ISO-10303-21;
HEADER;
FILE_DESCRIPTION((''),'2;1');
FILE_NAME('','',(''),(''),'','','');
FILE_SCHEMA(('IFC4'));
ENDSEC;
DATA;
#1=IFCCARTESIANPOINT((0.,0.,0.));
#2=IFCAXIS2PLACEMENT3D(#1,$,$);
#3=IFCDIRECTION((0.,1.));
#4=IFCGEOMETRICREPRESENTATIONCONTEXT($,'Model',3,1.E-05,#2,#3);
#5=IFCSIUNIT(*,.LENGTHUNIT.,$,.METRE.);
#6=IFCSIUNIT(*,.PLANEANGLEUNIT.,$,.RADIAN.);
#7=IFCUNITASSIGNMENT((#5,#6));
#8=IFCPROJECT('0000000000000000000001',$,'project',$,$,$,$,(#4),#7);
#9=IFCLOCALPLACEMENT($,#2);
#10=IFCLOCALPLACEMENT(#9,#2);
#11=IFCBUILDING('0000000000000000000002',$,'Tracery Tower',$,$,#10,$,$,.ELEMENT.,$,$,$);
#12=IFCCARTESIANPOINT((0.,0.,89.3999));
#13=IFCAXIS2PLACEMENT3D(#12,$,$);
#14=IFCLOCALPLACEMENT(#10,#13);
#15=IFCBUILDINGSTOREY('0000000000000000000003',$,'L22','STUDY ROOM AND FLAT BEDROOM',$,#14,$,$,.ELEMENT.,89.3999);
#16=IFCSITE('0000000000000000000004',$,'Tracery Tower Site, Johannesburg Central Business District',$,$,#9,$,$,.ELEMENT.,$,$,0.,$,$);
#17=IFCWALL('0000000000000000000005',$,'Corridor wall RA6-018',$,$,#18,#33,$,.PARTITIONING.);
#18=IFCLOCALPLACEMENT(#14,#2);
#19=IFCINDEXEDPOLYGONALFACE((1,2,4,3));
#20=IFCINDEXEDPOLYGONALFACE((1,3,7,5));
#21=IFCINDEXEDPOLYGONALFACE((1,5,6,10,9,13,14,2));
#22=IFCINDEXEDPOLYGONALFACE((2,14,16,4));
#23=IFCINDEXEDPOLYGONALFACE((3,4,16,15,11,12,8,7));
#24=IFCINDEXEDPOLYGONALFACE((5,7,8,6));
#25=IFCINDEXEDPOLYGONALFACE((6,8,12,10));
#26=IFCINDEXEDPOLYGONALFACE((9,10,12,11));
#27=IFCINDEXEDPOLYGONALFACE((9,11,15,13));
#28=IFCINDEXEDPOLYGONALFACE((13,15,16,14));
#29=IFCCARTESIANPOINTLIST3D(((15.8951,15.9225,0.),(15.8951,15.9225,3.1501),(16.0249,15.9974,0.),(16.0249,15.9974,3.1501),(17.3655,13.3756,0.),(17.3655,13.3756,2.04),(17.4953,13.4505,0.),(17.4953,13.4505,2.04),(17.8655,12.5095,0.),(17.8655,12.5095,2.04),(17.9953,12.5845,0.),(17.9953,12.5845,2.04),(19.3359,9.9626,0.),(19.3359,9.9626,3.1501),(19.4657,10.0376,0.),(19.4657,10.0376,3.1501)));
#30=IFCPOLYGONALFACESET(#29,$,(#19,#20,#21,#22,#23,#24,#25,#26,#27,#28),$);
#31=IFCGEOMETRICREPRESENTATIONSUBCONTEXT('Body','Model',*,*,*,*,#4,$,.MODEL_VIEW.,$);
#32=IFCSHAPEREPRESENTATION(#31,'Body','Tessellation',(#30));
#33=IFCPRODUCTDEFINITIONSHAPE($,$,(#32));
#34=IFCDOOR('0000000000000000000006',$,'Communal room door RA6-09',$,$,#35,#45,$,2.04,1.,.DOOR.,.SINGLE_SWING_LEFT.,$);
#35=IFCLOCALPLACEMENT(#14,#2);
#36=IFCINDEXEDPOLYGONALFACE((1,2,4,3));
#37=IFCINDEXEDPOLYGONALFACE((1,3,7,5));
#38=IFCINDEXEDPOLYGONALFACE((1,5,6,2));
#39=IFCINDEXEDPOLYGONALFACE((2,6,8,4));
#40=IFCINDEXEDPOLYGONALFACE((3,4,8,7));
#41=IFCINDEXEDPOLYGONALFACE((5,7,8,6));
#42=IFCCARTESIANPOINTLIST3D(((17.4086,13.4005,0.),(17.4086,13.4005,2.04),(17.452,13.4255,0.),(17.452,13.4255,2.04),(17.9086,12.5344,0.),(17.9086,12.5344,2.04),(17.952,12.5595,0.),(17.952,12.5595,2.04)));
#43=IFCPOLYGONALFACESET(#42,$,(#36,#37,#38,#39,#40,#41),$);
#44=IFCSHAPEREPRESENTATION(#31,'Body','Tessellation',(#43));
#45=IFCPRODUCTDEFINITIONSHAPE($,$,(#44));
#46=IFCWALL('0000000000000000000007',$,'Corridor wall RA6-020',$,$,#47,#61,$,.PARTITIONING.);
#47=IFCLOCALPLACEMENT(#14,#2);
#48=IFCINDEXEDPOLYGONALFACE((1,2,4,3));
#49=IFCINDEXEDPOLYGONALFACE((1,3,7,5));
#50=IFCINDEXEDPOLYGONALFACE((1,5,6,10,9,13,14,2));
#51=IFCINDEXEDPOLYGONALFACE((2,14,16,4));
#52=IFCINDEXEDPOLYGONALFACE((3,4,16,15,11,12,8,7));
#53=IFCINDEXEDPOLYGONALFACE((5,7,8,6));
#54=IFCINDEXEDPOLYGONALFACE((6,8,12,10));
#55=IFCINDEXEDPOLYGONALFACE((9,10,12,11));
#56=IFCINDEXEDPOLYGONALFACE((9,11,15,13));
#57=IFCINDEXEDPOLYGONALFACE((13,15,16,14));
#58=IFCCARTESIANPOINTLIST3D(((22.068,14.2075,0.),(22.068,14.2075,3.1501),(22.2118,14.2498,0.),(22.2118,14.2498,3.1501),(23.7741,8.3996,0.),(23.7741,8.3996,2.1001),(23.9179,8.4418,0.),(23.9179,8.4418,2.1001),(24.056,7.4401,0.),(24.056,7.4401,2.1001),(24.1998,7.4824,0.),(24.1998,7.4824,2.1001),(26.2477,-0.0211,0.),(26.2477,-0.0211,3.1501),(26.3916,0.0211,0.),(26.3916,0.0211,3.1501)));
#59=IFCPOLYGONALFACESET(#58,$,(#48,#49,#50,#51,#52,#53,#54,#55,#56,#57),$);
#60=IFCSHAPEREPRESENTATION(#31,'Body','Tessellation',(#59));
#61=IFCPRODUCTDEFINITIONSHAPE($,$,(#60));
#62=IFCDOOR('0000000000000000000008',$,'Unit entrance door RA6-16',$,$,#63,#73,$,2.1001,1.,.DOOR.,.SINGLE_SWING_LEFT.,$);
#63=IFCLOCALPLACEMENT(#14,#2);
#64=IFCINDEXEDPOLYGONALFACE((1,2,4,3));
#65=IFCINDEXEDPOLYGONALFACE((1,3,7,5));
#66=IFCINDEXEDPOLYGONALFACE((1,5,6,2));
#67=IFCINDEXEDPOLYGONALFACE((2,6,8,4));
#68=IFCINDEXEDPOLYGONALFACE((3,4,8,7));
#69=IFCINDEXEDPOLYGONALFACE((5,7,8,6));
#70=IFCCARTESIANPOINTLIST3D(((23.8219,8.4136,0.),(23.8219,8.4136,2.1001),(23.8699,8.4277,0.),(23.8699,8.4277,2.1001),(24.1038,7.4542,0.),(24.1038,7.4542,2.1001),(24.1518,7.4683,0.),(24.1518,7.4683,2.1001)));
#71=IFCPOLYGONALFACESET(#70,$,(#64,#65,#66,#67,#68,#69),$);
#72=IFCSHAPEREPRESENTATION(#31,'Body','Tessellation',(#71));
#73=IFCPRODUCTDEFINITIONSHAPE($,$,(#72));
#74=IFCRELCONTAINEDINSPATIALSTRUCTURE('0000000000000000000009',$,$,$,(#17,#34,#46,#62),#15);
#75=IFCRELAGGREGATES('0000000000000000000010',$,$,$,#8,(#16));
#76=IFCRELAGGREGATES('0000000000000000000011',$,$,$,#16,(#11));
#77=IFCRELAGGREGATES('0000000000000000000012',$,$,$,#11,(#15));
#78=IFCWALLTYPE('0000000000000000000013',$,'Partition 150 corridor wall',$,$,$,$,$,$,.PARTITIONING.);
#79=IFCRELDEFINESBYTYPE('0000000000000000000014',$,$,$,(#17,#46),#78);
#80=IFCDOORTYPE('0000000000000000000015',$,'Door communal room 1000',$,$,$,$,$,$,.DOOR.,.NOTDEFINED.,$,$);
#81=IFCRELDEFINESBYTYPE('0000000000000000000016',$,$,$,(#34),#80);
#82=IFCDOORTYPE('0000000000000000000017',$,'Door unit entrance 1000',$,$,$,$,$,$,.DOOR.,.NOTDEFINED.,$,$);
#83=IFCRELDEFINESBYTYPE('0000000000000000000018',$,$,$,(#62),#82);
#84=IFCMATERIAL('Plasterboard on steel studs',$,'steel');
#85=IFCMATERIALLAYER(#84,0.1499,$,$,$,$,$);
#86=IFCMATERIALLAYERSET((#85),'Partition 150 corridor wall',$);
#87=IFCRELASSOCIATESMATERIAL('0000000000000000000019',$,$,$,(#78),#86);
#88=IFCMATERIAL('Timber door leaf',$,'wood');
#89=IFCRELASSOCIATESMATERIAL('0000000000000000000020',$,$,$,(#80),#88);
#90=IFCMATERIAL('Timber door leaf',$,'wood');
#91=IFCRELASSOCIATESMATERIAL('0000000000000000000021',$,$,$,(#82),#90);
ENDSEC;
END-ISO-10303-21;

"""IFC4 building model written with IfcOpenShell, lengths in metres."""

from ifc_helpers import new_model, si_unit, direction, frame, frame_2d, origin, place, context, subcontext, project, spatial, rectangle, extrude, material, layer, layer_set, type_object, element, fill, save


model = new_model("IFC4")

# Units and contexts
model_context = context("Model", 3, precision=1e-05, world=origin(), true_north=direction((0.0, 1.0)))
body_context = subcontext(model_context, "Body", "Model", "MODEL_VIEW")
ifc_project = project(units=[si_unit("LENGTHUNIT", "METRE"), si_unit("PLANEANGLEUNIT", "RADIAN")], contexts=[model_context])

# Site, building, storey
site_placement = place(None, origin())
site = spatial("IfcSite", under=ifc_project, at=site_placement, Name="Tracery Tower Site, Johannesburg Central Business District", CompositionType="ELEMENT", RefElevation=0.0)
building_placement = place(site_placement, origin())
building = spatial("IfcBuilding", under=site, at=building_placement, Name="Tracery Tower", CompositionType="ELEMENT")
storey_placement = place(building_placement, frame((0.0, 0.0, 89.3999)))
storey = spatial("IfcBuildingStorey", under=building, at=storey_placement, Name="L22", Description="STUDY ROOM AND FLAT BEDROOM", CompositionType="ELEMENT", Elevation=89.3999)

# Walls, openings, doors
ifc_material_1 = material(Name="Plasterboard on steel studs", Category="steel")
ifc_layer_1 = layer(ifc_material_1, 0.1499)
ifc_layer_set_1 = layer_set([ifc_layer_1], Name="Partition 150 corridor wall")
wall_type_1 = type_object("IfcWallType", Name="Partition 150 corridor wall", PredefinedType="PARTITIONING", material=ifc_layer_set_1)
wall_1_placement = place(storey_placement, frame((15.96, 15.96, 0.0), z_axis=(0.0, 0.0, 1.0), x_axis=(0.499993, -0.86603, 0.0)))
wall_1 = element("IfcWall", 1, at=wall_1_placement, inside=storey, type_object=wall_type_1, Name="Corridor wall RA6-018", PredefinedType="PARTITIONING", context=body_context, shape_type="SweptSolid", body=[
    extrude(rectangle(XDim=6.8818, YDim=0.1499, at=frame_2d((3.4409, 0.0))), origin(), (0.0, 0.0, 1.0), 3.1501),
])
opening_1_placement = place(wall_1_placement, frame((2.9409, 0.0, 0.0)))
opening_1 = element("IfcOpeningElement", 2, at=opening_1_placement, cuts=wall_1, PredefinedType="OPENING", context=body_context, shape_type="SweptSolid", body=[
    extrude(rectangle(XDim=1.0, YDim=2.04, at=frame_2d((0.5, 1.02))), frame((0.0, 0.075, 0.0), z_axis=(0.0, -1.0, 0.0), x_axis=(1.0, 0.0, 0.0)), (0.0, 0.0, 1.0), 0.1499),
])
ifc_material_2 = material(Name="Timber door leaf", Category="wood")
door_type_1 = type_object("IfcDoorType", Name="Door communal room 1000", OperationType="NOTDEFINED", PredefinedType="DOOR", material=ifc_material_2)
door_1_placement = place(opening_1_placement, origin())
door_1 = element("IfcDoor", 3, at=door_1_placement, inside=storey, type_object=door_type_1, Name="Communal room door RA6-09", OperationType="SINGLE_SWING_LEFT", OverallHeight=2.04, OverallWidth=1.0, PredefinedType="DOOR", context=body_context, shape_type="SweptSolid", body=[
    extrude(rectangle(XDim=1.0, YDim=2.04, at=frame_2d((0.5, 1.02))), frame((0.0, 0.0249, 0.0), z_axis=(0.0, -1.0, 0.0), x_axis=(1.0, 0.0, 0.0)), (0.0, 0.0, 1.0), 0.05),
])
fill(opening_1, door_1)
wall_2_placement = place(storey_placement, frame((22.1399, 14.2288, 0.0), z_axis=(0.0, 0.0, 1.0), x_axis=(0.281845, -0.95946, 0.0)))
wall_2 = element("IfcWall", 4, at=wall_2_placement, inside=storey, type_object=wall_type_1, Name="Corridor wall RA6-020", PredefinedType="PARTITIONING", context=body_context, shape_type="SweptSolid", body=[
    extrude(rectangle(XDim=14.8298, YDim=0.1499, at=frame_2d((7.415, 0.0))), origin(), (0.0, 0.0, 1.0), 3.1501),
])
opening_2_placement = place(wall_2_placement, frame((6.0535, 0.0, 0.0)))
opening_2 = element("IfcOpeningElement", 5, at=opening_2_placement, cuts=wall_2, PredefinedType="OPENING", context=body_context, shape_type="SweptSolid", body=[
    extrude(rectangle(XDim=1.0, YDim=2.1001, at=frame_2d((0.5, 1.05))), frame((0.0, 0.075, 0.0), z_axis=(0.0, -1.0, 0.0), x_axis=(1.0, 0.0, 0.0)), (0.0, 0.0, 1.0), 0.1499),
])
ifc_material_3 = material(Name="Timber door leaf", Category="wood")
door_type_2 = type_object("IfcDoorType", Name="Door unit entrance 1000", OperationType="NOTDEFINED", PredefinedType="DOOR", material=ifc_material_3)
door_2_placement = place(opening_2_placement, origin())
door_2 = element("IfcDoor", 6, at=door_2_placement, inside=storey, type_object=door_type_2, Name="Unit entrance door RA6-16", OperationType="SINGLE_SWING_LEFT", OverallHeight=2.1001, OverallWidth=1.0, PredefinedType="DOOR", context=body_context, shape_type="SweptSolid", body=[
    extrude(rectangle(XDim=1.0, YDim=2.1001, at=frame_2d((0.5, 1.05))), frame((0.0, 0.0249, 0.0), z_axis=(0.0, -1.0, 0.0), x_axis=(1.0, 0.0, 0.0)), (0.0, 0.0, 1.0), 0.05),
])
fill(opening_2, door_2)

save(model, "model.ifc")
